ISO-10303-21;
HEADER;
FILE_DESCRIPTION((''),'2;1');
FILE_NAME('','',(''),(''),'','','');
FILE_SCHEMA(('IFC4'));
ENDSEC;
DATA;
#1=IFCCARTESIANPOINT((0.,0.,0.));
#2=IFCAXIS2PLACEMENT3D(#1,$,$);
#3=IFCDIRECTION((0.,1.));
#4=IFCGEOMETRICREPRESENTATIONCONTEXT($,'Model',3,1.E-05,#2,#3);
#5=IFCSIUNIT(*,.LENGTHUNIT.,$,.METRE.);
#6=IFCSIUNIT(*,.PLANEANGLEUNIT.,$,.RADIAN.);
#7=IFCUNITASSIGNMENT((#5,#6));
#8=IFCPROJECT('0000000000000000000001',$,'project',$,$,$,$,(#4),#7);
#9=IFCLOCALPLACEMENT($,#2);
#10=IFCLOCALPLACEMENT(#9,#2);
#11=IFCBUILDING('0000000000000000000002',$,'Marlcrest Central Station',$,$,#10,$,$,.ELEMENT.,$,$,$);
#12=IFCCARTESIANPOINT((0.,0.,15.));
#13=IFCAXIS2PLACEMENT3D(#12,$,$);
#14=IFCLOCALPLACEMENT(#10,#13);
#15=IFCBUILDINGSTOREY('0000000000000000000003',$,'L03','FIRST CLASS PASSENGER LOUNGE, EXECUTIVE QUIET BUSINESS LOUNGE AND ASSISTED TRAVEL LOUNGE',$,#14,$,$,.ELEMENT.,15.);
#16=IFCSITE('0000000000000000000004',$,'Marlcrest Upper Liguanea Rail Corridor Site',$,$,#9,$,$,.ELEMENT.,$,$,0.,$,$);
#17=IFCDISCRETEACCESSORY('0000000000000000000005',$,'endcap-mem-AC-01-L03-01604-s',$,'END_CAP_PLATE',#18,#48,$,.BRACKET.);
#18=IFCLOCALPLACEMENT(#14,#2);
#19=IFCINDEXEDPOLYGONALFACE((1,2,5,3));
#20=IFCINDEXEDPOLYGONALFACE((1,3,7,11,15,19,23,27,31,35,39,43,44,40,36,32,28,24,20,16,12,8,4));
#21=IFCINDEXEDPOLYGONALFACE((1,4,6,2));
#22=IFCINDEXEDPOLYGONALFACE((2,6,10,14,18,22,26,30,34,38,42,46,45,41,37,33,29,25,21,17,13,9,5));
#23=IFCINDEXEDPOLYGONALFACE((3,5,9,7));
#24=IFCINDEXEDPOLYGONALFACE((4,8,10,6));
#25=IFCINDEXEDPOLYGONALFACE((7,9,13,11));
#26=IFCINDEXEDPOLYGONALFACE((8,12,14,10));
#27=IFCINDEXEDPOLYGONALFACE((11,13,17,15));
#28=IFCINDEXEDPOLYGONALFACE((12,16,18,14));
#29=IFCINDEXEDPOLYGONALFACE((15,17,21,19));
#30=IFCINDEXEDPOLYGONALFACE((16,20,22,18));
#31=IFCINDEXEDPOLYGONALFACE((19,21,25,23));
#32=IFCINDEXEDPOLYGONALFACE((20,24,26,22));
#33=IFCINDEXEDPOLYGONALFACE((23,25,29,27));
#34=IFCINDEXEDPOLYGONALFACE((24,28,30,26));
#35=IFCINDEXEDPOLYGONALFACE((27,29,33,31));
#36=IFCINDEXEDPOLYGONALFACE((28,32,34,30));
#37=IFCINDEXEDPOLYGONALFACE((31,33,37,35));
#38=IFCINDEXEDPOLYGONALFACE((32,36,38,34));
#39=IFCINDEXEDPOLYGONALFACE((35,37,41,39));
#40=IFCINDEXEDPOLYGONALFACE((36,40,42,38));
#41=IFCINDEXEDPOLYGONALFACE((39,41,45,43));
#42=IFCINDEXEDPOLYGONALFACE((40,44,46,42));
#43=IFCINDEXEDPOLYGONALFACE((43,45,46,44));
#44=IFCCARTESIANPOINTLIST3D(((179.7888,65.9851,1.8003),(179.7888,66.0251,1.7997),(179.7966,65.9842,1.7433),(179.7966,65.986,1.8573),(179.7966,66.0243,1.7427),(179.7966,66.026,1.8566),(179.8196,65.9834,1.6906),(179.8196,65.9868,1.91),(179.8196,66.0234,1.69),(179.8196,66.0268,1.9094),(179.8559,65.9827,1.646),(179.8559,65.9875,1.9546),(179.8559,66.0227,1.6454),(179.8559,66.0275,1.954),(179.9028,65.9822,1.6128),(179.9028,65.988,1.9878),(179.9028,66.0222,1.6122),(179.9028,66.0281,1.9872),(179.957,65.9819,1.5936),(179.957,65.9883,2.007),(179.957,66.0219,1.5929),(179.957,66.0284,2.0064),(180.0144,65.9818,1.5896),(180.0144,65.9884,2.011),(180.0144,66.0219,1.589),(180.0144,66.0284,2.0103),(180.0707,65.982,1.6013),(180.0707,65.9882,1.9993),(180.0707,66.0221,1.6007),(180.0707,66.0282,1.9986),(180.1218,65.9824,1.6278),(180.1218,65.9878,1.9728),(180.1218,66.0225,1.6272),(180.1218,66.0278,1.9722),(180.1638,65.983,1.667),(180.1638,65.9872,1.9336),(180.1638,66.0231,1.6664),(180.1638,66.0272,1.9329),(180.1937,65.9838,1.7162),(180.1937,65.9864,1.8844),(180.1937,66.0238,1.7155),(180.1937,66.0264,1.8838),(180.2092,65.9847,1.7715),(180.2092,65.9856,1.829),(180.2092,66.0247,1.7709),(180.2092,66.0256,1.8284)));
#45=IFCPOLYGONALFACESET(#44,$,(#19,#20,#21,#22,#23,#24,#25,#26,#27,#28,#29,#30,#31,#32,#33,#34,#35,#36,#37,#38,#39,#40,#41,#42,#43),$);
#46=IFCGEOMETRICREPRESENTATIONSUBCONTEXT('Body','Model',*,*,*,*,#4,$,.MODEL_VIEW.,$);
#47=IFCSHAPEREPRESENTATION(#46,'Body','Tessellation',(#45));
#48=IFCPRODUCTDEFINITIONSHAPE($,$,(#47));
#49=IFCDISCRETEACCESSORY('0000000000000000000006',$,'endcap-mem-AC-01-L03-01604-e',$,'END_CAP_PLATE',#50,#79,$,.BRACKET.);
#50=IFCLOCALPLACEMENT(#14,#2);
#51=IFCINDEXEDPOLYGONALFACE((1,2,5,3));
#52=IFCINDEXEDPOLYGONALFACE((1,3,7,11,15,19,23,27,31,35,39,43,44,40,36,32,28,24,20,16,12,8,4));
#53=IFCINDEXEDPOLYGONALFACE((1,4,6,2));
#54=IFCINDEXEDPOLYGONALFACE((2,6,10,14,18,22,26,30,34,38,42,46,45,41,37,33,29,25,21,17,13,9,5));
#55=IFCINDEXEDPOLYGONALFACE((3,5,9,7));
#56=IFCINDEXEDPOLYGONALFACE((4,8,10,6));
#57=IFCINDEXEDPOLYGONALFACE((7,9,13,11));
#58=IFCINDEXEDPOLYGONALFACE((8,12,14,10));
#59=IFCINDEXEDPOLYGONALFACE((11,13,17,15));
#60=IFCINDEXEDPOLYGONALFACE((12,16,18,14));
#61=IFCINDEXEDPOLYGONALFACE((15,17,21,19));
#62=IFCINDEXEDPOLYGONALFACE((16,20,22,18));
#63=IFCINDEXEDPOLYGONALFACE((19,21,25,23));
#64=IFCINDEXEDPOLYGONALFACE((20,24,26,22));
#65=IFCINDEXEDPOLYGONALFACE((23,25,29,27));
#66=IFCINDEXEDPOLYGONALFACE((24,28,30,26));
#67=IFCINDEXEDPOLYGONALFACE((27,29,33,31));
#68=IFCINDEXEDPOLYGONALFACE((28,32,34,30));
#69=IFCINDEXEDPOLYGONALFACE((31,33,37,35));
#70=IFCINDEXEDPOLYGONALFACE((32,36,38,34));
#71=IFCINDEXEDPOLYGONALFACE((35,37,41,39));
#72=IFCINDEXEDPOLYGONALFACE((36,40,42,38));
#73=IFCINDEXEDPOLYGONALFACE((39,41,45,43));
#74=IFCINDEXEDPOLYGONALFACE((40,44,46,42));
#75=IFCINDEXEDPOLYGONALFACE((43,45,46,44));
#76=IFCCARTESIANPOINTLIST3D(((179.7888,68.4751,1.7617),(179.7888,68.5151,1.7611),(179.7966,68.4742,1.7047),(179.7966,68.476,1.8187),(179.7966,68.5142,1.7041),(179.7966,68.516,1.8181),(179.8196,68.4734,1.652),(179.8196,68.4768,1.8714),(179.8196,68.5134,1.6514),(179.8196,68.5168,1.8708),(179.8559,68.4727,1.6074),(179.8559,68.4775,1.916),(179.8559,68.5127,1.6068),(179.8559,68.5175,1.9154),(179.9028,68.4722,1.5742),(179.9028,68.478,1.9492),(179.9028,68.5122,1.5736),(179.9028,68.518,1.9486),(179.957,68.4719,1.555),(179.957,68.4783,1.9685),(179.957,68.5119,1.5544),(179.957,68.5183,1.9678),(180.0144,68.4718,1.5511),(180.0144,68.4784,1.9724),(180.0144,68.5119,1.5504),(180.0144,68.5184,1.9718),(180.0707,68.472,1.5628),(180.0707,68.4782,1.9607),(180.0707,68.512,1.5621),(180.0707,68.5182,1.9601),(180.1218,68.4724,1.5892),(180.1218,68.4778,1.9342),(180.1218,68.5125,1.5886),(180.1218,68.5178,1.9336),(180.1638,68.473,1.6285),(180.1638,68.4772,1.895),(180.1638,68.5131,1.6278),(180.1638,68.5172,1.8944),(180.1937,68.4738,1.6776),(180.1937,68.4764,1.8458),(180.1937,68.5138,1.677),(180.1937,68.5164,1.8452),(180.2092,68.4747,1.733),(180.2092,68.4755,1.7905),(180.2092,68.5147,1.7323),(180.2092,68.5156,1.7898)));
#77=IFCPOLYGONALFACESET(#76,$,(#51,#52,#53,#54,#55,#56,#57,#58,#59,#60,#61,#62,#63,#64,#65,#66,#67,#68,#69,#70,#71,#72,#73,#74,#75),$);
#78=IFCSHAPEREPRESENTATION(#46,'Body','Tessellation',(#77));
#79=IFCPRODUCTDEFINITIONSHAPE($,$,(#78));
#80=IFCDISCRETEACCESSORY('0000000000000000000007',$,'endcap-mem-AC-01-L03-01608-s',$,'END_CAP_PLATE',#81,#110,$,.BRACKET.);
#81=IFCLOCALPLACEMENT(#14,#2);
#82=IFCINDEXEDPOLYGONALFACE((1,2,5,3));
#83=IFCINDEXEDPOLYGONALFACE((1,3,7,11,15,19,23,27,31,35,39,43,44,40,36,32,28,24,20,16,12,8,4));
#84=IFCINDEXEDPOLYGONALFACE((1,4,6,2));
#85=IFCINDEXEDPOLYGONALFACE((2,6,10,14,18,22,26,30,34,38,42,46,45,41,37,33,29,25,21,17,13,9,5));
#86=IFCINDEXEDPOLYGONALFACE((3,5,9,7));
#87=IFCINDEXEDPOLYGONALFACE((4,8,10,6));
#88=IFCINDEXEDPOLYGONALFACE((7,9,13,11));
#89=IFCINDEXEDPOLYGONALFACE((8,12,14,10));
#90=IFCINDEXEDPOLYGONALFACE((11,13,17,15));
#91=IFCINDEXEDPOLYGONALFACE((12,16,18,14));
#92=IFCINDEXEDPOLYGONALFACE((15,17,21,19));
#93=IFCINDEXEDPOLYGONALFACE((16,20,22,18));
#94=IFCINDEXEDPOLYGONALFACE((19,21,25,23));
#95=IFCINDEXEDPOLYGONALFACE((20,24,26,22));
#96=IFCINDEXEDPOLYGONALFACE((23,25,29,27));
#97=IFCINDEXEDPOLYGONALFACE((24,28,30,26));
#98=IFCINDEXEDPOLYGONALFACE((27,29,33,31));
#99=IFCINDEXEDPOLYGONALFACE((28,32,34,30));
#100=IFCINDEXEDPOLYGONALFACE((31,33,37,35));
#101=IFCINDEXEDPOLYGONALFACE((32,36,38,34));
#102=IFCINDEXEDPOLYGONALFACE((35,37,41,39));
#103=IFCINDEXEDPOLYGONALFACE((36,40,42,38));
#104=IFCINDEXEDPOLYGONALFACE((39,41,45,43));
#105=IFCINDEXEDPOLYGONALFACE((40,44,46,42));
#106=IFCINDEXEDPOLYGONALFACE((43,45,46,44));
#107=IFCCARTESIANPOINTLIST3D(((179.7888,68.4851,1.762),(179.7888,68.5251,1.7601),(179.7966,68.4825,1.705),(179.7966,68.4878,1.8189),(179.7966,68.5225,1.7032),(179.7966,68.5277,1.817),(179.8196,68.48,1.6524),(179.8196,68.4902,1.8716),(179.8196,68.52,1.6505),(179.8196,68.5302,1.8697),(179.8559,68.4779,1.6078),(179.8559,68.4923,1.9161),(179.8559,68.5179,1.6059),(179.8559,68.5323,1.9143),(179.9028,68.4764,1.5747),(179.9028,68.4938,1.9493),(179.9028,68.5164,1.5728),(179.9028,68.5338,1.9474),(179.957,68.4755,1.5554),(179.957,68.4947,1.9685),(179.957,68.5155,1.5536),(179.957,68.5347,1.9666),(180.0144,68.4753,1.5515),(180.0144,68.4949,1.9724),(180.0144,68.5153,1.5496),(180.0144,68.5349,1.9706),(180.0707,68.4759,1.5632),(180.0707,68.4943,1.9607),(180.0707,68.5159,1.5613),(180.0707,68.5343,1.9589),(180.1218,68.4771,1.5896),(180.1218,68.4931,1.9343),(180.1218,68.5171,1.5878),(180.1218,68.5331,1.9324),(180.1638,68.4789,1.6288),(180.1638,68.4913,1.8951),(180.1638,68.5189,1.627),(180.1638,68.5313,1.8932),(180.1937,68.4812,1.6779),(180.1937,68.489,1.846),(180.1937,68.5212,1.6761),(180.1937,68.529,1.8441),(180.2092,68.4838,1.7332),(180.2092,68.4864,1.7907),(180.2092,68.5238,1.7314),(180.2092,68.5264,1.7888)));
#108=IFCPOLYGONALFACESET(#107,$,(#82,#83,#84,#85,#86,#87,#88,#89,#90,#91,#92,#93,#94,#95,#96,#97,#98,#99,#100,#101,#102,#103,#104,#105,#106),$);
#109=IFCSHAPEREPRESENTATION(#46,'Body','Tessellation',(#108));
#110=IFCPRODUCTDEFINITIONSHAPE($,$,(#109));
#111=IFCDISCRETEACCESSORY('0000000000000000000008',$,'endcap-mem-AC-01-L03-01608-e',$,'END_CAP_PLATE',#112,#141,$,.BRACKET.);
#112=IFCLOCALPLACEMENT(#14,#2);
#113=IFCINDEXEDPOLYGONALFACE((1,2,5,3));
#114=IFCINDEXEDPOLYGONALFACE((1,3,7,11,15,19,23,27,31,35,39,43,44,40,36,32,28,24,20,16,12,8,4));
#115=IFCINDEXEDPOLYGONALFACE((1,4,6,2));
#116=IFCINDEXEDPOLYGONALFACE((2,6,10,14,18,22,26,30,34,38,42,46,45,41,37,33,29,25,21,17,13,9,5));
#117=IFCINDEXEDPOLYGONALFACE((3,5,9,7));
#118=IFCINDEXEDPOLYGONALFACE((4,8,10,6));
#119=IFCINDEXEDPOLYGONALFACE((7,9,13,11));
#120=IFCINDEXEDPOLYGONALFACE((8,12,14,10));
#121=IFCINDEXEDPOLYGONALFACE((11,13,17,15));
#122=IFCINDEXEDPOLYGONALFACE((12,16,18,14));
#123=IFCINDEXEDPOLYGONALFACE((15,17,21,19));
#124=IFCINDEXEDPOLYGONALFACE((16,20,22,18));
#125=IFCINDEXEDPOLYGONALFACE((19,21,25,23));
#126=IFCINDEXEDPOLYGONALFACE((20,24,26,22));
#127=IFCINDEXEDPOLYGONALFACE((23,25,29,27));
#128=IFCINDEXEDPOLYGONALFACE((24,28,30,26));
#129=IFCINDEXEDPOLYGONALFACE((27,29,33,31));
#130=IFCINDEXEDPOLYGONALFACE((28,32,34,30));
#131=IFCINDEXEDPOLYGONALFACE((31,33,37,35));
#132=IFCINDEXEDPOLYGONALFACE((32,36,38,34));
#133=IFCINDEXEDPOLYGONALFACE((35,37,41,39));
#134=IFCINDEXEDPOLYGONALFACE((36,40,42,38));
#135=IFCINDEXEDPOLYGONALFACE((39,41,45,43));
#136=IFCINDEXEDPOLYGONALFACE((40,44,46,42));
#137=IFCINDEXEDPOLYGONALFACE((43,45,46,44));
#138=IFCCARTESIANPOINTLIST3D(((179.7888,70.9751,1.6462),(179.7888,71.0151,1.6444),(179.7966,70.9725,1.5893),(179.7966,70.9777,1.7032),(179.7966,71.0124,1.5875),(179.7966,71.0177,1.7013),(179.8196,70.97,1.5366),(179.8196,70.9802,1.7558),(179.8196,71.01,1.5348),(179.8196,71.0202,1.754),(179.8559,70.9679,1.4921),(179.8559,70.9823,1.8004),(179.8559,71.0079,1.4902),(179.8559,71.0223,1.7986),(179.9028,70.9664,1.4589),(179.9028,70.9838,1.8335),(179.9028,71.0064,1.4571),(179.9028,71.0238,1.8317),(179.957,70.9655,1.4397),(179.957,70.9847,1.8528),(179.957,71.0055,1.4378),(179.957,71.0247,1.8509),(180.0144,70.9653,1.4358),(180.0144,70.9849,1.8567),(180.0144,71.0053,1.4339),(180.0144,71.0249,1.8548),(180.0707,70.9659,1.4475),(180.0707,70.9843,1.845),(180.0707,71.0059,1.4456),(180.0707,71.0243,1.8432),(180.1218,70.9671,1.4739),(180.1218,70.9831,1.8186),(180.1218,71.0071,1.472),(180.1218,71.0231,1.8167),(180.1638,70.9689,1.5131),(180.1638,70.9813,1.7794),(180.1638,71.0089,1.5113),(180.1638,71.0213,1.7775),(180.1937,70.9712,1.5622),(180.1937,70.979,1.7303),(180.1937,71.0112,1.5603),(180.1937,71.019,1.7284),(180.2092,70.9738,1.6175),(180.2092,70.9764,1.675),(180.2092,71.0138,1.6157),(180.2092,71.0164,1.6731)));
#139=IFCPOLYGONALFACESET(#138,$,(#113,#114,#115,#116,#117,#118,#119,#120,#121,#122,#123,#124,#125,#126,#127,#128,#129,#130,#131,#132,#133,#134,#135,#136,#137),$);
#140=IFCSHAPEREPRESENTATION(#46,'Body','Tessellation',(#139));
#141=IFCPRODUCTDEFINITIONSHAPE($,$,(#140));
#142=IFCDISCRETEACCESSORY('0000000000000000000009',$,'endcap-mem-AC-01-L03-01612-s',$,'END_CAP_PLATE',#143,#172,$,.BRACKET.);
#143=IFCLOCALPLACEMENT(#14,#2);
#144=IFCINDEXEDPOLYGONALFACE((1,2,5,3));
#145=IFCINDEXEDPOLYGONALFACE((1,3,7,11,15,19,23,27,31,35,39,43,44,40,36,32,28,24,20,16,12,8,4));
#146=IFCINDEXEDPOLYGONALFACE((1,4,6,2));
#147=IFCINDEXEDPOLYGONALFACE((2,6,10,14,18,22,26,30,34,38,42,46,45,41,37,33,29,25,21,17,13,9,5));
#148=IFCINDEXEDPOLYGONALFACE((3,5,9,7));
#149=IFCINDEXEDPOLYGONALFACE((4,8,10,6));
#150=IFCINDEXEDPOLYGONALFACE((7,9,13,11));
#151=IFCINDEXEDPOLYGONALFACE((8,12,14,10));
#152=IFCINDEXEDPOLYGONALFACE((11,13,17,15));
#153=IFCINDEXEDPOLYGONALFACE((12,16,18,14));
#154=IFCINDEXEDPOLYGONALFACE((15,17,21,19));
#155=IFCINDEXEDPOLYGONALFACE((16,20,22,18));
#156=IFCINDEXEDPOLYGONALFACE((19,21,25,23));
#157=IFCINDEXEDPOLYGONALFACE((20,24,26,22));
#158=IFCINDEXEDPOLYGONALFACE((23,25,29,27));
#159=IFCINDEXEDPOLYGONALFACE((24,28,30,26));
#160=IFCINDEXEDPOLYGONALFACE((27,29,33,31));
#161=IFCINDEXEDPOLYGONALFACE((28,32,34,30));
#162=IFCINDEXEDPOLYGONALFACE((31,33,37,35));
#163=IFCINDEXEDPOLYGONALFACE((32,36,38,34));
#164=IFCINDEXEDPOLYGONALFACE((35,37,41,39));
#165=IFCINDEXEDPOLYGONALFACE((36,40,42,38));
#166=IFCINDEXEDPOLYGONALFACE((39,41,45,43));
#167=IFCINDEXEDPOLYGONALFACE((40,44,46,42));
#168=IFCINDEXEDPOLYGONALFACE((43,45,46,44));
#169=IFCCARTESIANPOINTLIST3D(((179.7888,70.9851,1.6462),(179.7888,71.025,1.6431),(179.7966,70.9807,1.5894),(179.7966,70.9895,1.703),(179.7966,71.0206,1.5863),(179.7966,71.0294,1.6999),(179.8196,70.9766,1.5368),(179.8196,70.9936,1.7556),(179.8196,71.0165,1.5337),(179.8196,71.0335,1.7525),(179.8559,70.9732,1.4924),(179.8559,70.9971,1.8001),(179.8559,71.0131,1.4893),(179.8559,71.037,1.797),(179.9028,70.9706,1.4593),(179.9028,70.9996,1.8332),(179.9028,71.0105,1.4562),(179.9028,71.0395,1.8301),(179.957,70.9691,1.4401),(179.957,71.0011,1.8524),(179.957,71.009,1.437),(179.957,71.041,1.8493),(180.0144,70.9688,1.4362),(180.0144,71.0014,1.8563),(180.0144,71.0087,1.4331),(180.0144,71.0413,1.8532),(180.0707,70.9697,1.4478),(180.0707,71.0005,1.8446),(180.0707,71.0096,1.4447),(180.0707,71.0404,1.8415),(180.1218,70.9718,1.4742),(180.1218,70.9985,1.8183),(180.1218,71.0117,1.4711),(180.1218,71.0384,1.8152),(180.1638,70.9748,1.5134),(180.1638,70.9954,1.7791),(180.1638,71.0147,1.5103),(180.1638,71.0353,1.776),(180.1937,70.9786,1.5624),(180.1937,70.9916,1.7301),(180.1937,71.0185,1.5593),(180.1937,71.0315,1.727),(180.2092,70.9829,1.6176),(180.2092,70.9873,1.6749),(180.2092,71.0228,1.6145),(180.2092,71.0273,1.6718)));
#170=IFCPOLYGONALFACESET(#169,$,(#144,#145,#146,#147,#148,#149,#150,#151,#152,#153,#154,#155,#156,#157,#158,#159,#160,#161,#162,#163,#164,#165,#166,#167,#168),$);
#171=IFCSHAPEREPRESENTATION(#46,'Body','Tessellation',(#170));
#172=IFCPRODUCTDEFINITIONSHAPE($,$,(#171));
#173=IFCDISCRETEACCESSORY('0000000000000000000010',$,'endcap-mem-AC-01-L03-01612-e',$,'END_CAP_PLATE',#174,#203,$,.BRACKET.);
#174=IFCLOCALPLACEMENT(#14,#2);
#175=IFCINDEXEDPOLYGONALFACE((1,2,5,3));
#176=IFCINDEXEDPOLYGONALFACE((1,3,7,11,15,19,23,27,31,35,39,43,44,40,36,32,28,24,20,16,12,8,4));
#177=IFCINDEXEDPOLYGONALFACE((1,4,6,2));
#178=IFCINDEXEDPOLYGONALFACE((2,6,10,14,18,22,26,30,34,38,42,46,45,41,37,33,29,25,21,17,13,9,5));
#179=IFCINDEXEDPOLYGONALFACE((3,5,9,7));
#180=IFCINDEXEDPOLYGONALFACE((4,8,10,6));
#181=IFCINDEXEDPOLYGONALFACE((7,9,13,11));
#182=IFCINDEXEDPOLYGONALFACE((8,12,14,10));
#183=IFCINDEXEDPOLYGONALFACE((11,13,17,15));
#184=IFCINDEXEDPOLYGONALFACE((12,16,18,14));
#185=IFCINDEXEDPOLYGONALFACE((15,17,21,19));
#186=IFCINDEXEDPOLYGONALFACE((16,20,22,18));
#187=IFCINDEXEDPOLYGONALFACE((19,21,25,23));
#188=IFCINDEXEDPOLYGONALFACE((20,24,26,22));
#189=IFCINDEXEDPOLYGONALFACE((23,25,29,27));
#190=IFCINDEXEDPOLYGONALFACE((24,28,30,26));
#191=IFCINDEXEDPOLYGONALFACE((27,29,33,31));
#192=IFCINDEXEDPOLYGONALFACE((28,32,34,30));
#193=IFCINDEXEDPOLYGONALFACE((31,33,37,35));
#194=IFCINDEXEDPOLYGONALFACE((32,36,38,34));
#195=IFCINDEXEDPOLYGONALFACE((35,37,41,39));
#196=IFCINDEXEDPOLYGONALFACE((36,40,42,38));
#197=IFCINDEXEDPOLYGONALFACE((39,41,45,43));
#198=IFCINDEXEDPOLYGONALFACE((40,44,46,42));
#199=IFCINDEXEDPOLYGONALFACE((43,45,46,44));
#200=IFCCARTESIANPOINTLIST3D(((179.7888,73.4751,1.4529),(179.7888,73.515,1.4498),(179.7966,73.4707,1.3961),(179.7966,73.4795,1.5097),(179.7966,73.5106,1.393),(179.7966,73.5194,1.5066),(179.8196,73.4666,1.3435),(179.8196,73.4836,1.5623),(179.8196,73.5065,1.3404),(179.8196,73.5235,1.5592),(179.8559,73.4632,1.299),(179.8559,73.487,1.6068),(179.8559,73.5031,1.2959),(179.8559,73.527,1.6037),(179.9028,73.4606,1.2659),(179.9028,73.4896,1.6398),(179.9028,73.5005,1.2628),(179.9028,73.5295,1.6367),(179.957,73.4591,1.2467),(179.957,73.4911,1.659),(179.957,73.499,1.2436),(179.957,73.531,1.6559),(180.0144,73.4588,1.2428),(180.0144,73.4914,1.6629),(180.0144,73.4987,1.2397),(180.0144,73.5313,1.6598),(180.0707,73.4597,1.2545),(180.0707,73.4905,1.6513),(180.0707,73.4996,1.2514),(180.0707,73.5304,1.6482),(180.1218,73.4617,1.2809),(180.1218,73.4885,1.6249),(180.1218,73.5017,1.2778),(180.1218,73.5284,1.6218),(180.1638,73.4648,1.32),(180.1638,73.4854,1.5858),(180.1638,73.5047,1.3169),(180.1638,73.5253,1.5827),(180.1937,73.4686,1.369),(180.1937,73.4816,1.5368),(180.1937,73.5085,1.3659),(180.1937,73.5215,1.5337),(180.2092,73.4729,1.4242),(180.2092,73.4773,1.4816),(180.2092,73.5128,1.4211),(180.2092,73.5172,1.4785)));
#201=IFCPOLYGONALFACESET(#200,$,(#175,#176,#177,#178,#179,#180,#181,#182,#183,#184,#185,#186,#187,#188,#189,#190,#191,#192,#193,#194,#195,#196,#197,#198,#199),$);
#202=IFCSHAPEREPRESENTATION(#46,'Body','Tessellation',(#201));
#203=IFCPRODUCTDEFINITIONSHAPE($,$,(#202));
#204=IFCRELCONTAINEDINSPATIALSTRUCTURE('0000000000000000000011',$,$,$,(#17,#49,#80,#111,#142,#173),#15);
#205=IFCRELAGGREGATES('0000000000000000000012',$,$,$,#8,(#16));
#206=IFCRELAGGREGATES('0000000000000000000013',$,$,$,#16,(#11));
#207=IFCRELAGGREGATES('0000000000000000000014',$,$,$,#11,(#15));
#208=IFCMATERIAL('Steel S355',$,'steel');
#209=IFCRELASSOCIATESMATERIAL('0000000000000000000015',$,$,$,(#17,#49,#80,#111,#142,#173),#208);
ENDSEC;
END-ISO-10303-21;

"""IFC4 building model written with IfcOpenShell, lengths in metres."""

from ifc_helpers import new_model, si_unit, direction, frame, origin, origin_2d, place, context, subcontext, project, spatial, circle, extrude, material, element, save


model = new_model("IFC4")

# Units and contexts
model_context = context("Model", 3, precision=1e-05, world=origin(), true_north=direction((0.0, 1.0)))
body_context = subcontext(model_context, "Body", "Model", "MODEL_VIEW")
ifc_project = project(units=[si_unit("LENGTHUNIT", "METRE"), si_unit("PLANEANGLEUNIT", "RADIAN")], contexts=[model_context])

# Site, building, storey
site_placement = place(None, origin())
site = spatial("IfcSite", under=ifc_project, at=site_placement, Name="Marlcrest Upper Liguanea Rail Corridor Site", CompositionType="ELEMENT", RefElevation=0.0)
building_placement = place(site_placement, origin())
building = spatial("IfcBuilding", under=site, at=building_placement, Name="Marlcrest Central Station", CompositionType="ELEMENT")
storey_placement = place(building_placement, frame((0.0, 0.0, 15.0)))
storey = spatial("IfcBuildingStorey", under=building, at=storey_placement, Name="L03", Description="FIRST CLASS PASSENGER LOUNGE, EXECUTIVE QUIET BUSINESS LOUNGE AND ASSISTED TRAVEL LOUNGE", CompositionType="ELEMENT", Elevation=15.0)

# Shared definitions
ifc_material_1 = material(Name="Steel S355", Category="steel")

# Discrete accessories
for number, where, z_axis, x_axis, name in (
    (1, (180.0, 65.9851, 1.8003), (0.0, 0.999879, -0.015525), (-1.0, 0.0, 0.0), "endcap-mem-AC-01-L03-01604-s"),
    (2, (180.0, 68.4751, 1.7617), (0.0, 0.999879, -0.015525), (-1.0, 0.0, 0.0), "endcap-mem-AC-01-L03-01604-e"),
    (3, (180.0, 68.4851, 1.762), (0.0, 0.998921, -0.046434), (-1.0, 0.0, 0.0), "endcap-mem-AC-01-L03-01608-s"),
    (4, (180.0, 70.9751, 1.6462), (0.0, 0.998921, -0.046434), (-1.0, 0.0, 0.0), "endcap-mem-AC-01-L03-01608-e"),
    (5, (180.0, 70.9851, 1.6462), (0.0, 0.997, -0.077404), (-1.0, 0.0, 0.0), "endcap-mem-AC-01-L03-01612-s"),
    (6, (180.0, 73.4751, 1.4529), (0.0, 0.997, -0.077404), (-1.0, 0.0, 0.0), "endcap-mem-AC-01-L03-01612-e"),
):
    element("IfcDiscreteAccessory", number, at=place(storey_placement, frame(where, z_axis=z_axis, x_axis=x_axis)), inside=storey, material=ifc_material_1, Name=name, ObjectType="END_CAP_PLATE", PredefinedType="BRACKET", context=body_context, shape_type="SweptSolid", body=[
        extrude(circle(Radius=0.2112, at=origin_2d()), origin(), (0.0, 0.0, 1.0), 0.04),
    ])

save(model, "model.ifc")
